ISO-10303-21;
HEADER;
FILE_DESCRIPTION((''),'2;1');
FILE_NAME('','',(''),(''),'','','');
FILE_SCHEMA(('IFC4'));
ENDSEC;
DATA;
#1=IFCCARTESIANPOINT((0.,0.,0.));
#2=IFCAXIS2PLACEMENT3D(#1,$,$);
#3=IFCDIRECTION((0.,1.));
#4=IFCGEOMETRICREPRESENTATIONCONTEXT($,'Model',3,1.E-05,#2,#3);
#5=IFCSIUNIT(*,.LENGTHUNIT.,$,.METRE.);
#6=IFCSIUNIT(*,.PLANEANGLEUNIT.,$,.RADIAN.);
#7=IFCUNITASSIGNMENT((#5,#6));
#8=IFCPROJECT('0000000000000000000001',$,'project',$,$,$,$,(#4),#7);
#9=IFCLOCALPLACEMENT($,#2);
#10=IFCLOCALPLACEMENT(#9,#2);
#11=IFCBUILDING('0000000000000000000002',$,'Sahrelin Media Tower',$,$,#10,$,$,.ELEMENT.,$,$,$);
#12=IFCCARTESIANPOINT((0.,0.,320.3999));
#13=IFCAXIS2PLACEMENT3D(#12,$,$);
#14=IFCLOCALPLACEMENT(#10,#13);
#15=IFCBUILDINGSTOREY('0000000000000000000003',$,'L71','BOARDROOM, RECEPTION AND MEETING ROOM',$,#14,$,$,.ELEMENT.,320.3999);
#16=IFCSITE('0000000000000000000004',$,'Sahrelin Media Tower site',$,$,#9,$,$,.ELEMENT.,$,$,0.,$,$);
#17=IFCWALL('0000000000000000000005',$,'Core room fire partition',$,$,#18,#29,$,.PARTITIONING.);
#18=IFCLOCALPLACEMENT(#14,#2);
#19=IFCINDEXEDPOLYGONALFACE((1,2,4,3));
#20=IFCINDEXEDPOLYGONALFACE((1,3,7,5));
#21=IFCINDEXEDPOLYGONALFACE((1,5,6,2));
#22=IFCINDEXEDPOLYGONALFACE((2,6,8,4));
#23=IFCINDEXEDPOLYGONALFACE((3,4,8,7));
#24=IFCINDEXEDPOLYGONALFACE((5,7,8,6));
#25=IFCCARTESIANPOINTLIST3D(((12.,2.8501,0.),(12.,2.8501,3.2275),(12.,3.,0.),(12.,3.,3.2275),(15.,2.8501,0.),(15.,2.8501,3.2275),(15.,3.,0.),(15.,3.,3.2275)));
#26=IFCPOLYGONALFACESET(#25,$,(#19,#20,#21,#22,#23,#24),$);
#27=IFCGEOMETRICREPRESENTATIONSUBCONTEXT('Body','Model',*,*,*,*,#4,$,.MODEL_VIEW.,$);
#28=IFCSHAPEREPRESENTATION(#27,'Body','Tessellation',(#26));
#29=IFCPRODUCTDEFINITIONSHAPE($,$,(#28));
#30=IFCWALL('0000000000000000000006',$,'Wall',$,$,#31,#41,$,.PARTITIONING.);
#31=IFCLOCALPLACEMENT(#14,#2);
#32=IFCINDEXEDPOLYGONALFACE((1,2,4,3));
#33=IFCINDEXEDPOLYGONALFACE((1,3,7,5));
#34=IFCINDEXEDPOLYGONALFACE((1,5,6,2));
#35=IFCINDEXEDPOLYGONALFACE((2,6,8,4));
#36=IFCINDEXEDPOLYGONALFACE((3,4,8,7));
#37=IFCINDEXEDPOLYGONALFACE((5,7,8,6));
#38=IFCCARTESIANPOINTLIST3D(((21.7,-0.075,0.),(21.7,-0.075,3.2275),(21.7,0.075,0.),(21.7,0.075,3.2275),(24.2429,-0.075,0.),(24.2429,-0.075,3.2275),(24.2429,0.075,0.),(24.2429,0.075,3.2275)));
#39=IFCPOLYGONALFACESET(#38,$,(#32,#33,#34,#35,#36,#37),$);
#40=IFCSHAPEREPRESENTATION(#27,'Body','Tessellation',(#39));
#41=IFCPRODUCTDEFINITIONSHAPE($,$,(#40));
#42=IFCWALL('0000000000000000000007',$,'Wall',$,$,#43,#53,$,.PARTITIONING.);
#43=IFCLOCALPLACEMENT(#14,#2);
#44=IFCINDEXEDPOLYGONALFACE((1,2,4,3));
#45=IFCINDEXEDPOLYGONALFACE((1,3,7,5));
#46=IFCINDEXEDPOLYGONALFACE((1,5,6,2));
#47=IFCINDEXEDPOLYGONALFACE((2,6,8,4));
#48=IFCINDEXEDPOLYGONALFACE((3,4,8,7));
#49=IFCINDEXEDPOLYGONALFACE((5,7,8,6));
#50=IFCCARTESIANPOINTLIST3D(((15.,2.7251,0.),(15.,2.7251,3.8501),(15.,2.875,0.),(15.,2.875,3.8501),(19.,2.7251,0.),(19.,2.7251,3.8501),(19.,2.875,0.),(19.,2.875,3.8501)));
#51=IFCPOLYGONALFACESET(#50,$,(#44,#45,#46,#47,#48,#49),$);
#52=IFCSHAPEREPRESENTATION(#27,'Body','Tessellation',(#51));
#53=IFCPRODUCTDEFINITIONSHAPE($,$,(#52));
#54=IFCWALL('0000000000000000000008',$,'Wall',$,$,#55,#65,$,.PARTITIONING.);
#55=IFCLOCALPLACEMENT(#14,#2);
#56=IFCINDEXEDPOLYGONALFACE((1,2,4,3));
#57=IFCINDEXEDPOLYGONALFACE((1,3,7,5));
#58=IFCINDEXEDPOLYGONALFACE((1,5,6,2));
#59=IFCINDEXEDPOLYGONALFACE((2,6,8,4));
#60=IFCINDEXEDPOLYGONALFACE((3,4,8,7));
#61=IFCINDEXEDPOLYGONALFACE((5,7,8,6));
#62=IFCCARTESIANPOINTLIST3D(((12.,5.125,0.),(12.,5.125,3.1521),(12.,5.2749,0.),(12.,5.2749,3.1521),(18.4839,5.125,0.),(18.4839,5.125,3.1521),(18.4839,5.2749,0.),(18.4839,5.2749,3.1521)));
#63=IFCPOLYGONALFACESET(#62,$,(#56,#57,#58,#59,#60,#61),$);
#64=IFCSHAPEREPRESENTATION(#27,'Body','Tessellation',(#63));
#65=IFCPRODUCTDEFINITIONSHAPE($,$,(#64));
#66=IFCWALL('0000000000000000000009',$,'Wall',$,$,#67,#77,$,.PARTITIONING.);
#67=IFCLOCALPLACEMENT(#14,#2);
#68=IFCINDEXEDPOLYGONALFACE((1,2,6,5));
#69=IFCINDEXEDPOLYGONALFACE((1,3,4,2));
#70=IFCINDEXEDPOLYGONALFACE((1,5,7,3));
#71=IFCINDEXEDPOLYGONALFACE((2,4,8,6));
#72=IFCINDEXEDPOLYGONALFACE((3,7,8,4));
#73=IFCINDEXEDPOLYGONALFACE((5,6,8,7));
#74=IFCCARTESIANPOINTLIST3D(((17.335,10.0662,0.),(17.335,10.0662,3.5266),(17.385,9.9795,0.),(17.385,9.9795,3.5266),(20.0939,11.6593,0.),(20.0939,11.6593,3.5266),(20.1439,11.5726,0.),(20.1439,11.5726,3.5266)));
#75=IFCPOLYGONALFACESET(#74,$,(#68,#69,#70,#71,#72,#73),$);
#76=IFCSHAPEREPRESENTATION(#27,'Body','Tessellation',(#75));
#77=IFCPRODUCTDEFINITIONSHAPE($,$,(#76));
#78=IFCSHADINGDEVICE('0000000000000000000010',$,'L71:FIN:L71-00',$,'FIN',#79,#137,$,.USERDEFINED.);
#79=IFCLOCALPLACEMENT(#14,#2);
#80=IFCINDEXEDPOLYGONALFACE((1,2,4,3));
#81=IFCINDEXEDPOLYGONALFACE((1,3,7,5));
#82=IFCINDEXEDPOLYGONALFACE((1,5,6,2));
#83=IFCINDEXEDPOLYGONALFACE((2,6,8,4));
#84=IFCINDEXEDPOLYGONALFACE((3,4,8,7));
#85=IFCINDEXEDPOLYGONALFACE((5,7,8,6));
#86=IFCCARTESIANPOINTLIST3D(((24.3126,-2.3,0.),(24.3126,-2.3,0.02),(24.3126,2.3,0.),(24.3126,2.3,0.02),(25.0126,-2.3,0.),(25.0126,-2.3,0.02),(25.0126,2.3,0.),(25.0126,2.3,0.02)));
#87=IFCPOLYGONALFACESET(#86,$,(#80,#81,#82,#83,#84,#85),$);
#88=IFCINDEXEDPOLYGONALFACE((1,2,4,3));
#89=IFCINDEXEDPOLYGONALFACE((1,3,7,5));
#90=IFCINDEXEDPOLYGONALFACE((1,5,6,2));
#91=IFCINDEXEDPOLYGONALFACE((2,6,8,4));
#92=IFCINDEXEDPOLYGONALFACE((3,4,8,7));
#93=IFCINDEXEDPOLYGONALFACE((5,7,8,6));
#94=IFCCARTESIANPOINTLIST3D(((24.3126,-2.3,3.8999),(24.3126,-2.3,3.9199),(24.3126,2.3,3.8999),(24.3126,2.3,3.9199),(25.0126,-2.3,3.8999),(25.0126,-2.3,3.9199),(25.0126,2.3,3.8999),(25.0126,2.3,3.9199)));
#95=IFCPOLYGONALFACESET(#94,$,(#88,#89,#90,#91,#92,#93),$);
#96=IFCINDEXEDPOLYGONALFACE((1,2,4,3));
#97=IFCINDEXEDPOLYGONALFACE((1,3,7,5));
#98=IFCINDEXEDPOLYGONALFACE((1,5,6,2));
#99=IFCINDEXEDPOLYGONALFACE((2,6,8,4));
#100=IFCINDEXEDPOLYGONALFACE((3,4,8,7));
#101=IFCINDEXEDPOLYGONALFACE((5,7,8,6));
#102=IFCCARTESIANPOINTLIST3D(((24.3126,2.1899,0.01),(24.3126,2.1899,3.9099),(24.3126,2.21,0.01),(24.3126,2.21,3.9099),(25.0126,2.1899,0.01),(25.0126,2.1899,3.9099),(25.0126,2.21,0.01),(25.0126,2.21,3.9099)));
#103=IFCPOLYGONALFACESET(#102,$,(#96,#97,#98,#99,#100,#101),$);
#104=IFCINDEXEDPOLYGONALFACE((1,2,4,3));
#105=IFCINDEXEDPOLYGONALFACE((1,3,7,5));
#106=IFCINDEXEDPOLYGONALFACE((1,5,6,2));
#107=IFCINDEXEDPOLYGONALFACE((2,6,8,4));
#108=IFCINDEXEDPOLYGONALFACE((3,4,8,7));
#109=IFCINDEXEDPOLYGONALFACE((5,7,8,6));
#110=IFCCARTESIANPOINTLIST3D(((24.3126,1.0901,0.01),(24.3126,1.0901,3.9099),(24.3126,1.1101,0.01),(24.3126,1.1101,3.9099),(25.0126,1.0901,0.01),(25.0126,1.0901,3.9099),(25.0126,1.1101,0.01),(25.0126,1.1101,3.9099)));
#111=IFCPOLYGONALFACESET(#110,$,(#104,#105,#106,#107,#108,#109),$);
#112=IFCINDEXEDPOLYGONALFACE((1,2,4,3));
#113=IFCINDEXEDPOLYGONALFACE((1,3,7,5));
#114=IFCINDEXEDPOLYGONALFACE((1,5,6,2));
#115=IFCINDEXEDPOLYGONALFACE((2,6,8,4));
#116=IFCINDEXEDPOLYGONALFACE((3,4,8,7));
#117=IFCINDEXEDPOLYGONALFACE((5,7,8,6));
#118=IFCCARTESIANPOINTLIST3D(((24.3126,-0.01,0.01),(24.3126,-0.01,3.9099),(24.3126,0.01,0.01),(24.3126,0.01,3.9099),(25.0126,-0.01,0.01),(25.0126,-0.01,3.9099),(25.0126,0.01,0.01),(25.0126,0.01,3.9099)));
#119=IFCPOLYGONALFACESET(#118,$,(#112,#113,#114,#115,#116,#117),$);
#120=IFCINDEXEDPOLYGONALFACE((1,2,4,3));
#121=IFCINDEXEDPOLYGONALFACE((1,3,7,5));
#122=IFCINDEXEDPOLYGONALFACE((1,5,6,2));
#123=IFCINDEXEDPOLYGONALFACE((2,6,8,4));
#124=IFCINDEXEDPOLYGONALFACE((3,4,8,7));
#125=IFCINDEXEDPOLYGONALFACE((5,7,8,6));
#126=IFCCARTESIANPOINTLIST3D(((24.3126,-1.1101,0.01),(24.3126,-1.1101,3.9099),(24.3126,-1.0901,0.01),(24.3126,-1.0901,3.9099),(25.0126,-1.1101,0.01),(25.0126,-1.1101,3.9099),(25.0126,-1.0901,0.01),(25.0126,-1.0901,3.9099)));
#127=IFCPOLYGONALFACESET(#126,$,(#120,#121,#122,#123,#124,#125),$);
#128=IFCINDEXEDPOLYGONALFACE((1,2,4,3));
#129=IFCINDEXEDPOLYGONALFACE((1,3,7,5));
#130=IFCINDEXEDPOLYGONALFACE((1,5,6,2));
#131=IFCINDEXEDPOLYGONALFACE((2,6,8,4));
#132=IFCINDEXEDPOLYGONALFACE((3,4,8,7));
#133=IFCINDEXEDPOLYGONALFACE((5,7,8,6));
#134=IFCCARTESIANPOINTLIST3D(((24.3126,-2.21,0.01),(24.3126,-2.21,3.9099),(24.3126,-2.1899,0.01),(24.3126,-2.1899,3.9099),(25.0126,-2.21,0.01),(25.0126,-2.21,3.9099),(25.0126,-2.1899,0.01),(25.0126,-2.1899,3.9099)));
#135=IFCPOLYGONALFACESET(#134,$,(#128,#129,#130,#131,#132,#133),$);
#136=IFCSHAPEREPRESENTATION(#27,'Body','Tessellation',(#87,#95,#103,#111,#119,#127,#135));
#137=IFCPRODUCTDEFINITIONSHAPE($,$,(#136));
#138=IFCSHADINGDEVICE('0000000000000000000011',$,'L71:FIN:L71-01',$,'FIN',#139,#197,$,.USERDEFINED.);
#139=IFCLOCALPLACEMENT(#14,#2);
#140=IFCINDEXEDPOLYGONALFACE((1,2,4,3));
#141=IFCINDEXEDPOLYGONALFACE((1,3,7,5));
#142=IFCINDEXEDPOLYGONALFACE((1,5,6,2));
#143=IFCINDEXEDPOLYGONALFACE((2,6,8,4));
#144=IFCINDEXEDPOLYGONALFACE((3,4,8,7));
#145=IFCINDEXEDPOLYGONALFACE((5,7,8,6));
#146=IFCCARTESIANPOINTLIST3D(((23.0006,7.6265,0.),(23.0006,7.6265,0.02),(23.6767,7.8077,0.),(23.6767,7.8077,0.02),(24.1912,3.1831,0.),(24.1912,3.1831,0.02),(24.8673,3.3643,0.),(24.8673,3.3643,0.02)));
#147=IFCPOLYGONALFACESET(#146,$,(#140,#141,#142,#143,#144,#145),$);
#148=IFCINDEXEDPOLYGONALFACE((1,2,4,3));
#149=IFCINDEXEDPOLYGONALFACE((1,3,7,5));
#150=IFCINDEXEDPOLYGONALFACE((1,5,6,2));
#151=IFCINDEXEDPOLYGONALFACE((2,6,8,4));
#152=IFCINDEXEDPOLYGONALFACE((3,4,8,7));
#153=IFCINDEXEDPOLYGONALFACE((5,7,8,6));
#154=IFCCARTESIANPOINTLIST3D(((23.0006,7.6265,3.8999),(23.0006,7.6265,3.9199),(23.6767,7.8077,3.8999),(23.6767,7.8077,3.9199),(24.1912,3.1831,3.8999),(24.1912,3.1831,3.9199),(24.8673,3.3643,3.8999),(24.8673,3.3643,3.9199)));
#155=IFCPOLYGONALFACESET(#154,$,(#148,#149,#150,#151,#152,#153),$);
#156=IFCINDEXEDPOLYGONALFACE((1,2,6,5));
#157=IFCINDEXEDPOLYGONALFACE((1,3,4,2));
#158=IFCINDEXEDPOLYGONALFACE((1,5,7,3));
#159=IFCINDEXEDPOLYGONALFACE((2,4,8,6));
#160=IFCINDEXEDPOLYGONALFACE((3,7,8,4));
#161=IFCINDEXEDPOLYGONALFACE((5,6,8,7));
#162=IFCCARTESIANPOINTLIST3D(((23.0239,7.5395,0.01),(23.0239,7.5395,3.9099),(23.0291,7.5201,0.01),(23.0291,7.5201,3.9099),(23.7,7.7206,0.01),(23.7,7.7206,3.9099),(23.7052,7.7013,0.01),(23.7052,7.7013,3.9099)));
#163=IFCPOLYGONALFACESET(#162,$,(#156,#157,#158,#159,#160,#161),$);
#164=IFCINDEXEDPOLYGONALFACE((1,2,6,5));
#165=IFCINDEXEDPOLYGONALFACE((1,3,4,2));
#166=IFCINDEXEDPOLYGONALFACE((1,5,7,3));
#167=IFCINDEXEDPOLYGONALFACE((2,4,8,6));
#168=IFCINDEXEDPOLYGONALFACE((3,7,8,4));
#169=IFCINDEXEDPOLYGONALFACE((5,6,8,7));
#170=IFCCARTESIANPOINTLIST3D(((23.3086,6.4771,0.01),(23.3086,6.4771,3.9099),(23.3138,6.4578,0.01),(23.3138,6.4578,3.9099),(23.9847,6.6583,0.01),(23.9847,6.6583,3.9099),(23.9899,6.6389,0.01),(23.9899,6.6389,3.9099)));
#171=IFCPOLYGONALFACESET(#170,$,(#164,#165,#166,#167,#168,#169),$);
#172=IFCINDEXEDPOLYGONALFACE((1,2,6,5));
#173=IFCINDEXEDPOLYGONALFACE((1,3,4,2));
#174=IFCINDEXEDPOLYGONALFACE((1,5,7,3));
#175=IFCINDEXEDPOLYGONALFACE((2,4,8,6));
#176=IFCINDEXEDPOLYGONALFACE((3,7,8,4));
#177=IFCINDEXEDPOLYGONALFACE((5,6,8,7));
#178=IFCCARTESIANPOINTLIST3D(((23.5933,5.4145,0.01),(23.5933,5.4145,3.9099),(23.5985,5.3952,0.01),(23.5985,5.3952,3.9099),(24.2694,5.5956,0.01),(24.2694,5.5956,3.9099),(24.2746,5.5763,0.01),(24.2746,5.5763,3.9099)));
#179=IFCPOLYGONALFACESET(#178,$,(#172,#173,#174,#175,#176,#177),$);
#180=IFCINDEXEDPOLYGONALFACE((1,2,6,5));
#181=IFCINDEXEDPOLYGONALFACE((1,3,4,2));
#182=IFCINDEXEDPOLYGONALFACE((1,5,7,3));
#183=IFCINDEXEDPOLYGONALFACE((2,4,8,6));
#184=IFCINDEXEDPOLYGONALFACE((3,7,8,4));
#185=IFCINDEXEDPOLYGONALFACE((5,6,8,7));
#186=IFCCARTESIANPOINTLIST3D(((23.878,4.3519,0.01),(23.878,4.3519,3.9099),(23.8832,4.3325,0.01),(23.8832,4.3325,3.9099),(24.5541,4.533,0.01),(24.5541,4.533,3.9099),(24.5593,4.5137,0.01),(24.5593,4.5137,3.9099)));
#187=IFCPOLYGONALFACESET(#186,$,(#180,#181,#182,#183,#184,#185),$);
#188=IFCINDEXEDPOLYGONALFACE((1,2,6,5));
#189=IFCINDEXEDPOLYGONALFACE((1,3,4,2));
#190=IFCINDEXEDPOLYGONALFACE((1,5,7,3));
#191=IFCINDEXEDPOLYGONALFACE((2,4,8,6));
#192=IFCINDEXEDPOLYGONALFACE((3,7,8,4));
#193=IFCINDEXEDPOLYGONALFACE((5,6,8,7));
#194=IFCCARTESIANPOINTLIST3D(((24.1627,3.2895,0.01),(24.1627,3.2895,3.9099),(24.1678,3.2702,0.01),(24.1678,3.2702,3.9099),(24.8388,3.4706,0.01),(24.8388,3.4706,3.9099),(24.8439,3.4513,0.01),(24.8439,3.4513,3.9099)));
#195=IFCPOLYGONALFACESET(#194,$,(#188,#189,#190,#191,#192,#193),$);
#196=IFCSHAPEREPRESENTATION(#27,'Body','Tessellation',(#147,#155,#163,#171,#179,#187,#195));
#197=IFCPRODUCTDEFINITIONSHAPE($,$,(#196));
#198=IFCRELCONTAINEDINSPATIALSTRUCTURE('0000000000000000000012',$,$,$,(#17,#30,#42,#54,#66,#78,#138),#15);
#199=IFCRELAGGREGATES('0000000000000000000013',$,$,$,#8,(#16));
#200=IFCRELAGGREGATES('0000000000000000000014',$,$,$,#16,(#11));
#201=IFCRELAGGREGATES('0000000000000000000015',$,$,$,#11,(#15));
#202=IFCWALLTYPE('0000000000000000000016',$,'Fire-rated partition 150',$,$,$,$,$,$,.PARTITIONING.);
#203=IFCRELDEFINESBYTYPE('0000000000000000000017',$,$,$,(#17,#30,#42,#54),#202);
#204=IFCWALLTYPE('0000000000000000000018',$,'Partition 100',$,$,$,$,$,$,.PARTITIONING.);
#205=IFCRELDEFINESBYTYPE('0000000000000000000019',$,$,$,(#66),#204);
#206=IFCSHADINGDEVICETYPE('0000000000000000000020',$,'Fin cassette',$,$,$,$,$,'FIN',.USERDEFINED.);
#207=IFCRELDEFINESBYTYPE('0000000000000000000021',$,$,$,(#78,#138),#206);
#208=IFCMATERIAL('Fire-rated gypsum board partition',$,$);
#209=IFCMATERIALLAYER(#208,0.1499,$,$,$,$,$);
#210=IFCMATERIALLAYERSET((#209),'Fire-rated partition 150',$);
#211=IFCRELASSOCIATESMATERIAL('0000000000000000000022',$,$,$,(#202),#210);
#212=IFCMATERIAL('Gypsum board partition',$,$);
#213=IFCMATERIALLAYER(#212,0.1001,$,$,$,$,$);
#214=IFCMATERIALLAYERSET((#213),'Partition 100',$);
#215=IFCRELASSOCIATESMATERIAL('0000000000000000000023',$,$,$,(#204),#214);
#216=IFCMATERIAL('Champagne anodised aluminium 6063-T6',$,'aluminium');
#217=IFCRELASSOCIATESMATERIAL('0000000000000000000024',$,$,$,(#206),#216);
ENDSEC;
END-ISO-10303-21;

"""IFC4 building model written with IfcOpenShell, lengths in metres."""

from ifc_helpers import new_model, si_unit, direction, frame, frame_2d, origin, origin_2d, place, context, subcontext, project, spatial, rectangle, extrude, material, layer, layer_set, type_object, element, save


model = new_model("IFC4")

# Units and contexts
model_context = context("Model", 3, precision=1e-05, world=origin(), true_north=direction((0.0, 1.0)))
body_context = subcontext(model_context, "Body", "Model", "MODEL_VIEW")
ifc_project = project(units=[si_unit("LENGTHUNIT", "METRE"), si_unit("PLANEANGLEUNIT", "RADIAN")], contexts=[model_context])

# Site, building, storey
site_placement = place(None, origin())
site = spatial("IfcSite", under=ifc_project, at=site_placement, Name="Sahrelin Media Tower site", CompositionType="ELEMENT", RefElevation=0.0)
building_placement = place(site_placement, origin())
building = spatial("IfcBuilding", under=site, at=building_placement, Name="Sahrelin Media Tower", CompositionType="ELEMENT")
storey_placement = place(building_placement, frame((0.0, 0.0, 320.3999)))
storey = spatial("IfcBuildingStorey", under=building, at=storey_placement, Name="L71", Description="BOARDROOM, RECEPTION AND MEETING ROOM", CompositionType="ELEMENT", Elevation=320.3999)

# Shared definitions
ifc_material_1 = material(Name="Champagne anodised aluminium 6063-T6", Category="aluminium")

# Walls
ifc_material_2 = material(Name="Fire-rated gypsum board partition")
ifc_layer_1 = layer(ifc_material_2, 0.1499)
ifc_layer_set_1 = layer_set([ifc_layer_1], Name="Fire-rated partition 150")
wall_type_1 = type_object("IfcWallType", Name="Fire-rated partition 150", PredefinedType="PARTITIONING", material=ifc_layer_set_1)
wall_1_placement = place(storey_placement, frame((12.0, 2.925, 0.0), z_axis=(0.0, 0.0, 1.0), x_axis=(1.0, 0.0, 0.0)))
element("IfcWall", 1, at=wall_1_placement, inside=storey, type_object=wall_type_1, Name="Core room fire partition", PredefinedType="PARTITIONING", context=body_context, shape_type="SweptSolid", body=[
    extrude(rectangle(XDim=3.0, YDim=0.1499, at=frame_2d((1.5, 0.0))), origin(), (0.0, 0.0, 1.0), 3.2275),
])
wall_2_placement = place(storey_placement, frame((21.7, 0.0, 0.0), z_axis=(0.0, 0.0, 1.0), x_axis=(1.0, 0.0, 0.0)))
element("IfcWall", 2, at=wall_2_placement, inside=storey, type_object=wall_type_1, Name="Wall", PredefinedType="PARTITIONING", context=body_context, shape_type="SweptSolid", body=[
    extrude(rectangle(XDim=2.543, YDim=0.1499, at=frame_2d((1.2715, 0.0))), origin(), (0.0, 0.0, 1.0), 3.2275),
])
wall_3_placement = place(storey_placement, frame((15.0, 2.8, 0.0), z_axis=(0.0, 0.0, 1.0), x_axis=(1.0, 0.0, 0.0)))
element("IfcWall", 3, at=wall_3_placement, inside=storey, type_object=wall_type_1, Name="Wall", PredefinedType="PARTITIONING", context=body_context, shape_type="SweptSolid", body=[
    extrude(rectangle(XDim=4.0, YDim=0.1499, at=frame_2d((2.0, 0.0))), origin(), (0.0, 0.0, 1.0), 3.8501),
])
wall_4_placement = place(storey_placement, frame((12.0, 5.2, 0.0), z_axis=(0.0, 0.0, 1.0), x_axis=(1.0, 0.0, 0.0)))
element("IfcWall", 4, at=wall_4_placement, inside=storey, type_object=wall_type_1, Name="Wall", PredefinedType="PARTITIONING", context=body_context, shape_type="SweptSolid", body=[
    extrude(rectangle(XDim=6.4839, YDim=0.1499, at=frame_2d((3.2419, 0.0))), origin(), (0.0, 0.0, 1.0), 3.1521),
])
ifc_material_3 = material(Name="Gypsum board partition")
ifc_layer_2 = layer(ifc_material_3, 0.1001)
ifc_layer_set_2 = layer_set([ifc_layer_2], Name="Partition 100")
wall_type_2 = type_object("IfcWallType", Name="Partition 100", PredefinedType="PARTITIONING", material=ifc_layer_set_2)
wall_5_placement = place(storey_placement, frame((17.3601, 10.0229, 0.0), z_axis=(0.0, 0.0, 1.0), x_axis=(0.865994, 0.500054, 0.0)))
element("IfcWall", 5, at=wall_5_placement, inside=storey, type_object=wall_type_2, Name="Wall", PredefinedType="PARTITIONING", context=body_context, shape_type="SweptSolid", body=[
    extrude(rectangle(XDim=3.1858, YDim=0.1001, at=frame_2d((1.5928, 0.0))), origin(), (0.0, 0.0, 1.0), 3.5266),
])

# Shading devices
shading_device_type_1 = type_object("IfcShadingDeviceType", Name="Fin cassette", ElementType="FIN", PredefinedType="USERDEFINED", material=ifc_material_1)
placement_1 = place(storey_placement, frame((24.2427, 0.0, 0.0), z_axis=(0.0, 0.0, 1.0), x_axis=(0.0, -1.0, 0.0)))
element("IfcShadingDevice", 6, at=placement_1, inside=storey, type_object=shading_device_type_1, Name="L71:FIN:L71-00", ObjectType="FIN", PredefinedType="USERDEFINED", context=body_context, shape_type="SweptSolid", body=[
    extrude(rectangle(XDim=4.6001, YDim=0.7, at=origin_2d()), frame((0.0, 0.4199, 0.0)), (0.0, 0.0, 1.0), 0.02),
    extrude(rectangle(XDim=4.6001, YDim=0.7, at=origin_2d()), frame((0.0, 0.4199, 3.8999)), (0.0, 0.0, 1.0), 0.02),
    extrude(rectangle(XDim=0.02, YDim=0.7, at=origin_2d()), frame((-2.2, 0.4199, 0.01), z_axis=(0.0, 0.0, 1.0), x_axis=(1.0, 0.0, 0.0)), (0.0, 0.0, 1.0), 3.8999),
    extrude(rectangle(XDim=0.02, YDim=0.7, at=origin_2d()), frame((-1.1001, 0.4199, 0.01), z_axis=(0.0, 0.0, 1.0), x_axis=(1.0, 0.0, 0.0)), (0.0, 0.0, 1.0), 3.8999),
    extrude(rectangle(XDim=0.02, YDim=0.7, at=origin_2d()), frame((0.0, 0.4199, 0.01), z_axis=(0.0, 0.0, 1.0), x_axis=(1.0, 0.0, 0.0)), (0.0, 0.0, 1.0), 3.8999),
    extrude(rectangle(XDim=0.02, YDim=0.7, at=origin_2d()), frame((1.1001, 0.4199, 0.01), z_axis=(0.0, 0.0, 1.0), x_axis=(1.0, 0.0, 0.0)), (0.0, 0.0, 1.0), 3.8999),
    extrude(rectangle(XDim=0.02, YDim=0.7, at=origin_2d()), frame((2.2, 0.4199, 0.01), z_axis=(0.0, 0.0, 1.0), x_axis=(1.0, 0.0, 0.0)), (0.0, 0.0, 1.0), 3.8999),
])
placement_2 = place(storey_placement, frame((23.5283, 5.3867, 0.0), z_axis=(0.0, 0.0, 1.0), x_axis=(0.258808, -0.965929, 0.0)))
element("IfcShadingDevice", 7, at=placement_2, inside=storey, type_object=shading_device_type_1, Name="L71:FIN:L71-01", ObjectType="FIN", PredefinedType="USERDEFINED", context=body_context, shape_type="SweptSolid", body=[
    extrude(rectangle(XDim=4.6001, YDim=0.7, at=origin_2d()), frame((0.0, 0.4199, 0.0)), (0.0, 0.0, 1.0), 0.02),
    extrude(rectangle(XDim=4.6001, YDim=0.7, at=origin_2d()), frame((0.0, 0.4199, 3.8999)), (0.0, 0.0, 1.0), 0.02),
    extrude(rectangle(XDim=0.02, YDim=0.7, at=origin_2d()), frame((-2.2, 0.4199, 0.01), z_axis=(0.0, 0.0, 1.0), x_axis=(1.0, 0.0, 0.0)), (0.0, 0.0, 1.0), 3.8999),
    extrude(rectangle(XDim=0.02, YDim=0.7, at=origin_2d()), frame((-1.1001, 0.4199, 0.01), z_axis=(0.0, 0.0, 1.0), x_axis=(1.0, 0.0, 0.0)), (0.0, 0.0, 1.0), 3.8999),
    extrude(rectangle(XDim=0.02, YDim=0.7, at=origin_2d()), frame((0.0, 0.4199, 0.01), z_axis=(0.0, 0.0, 1.0), x_axis=(1.0, 0.0, 0.0)), (0.0, 0.0, 1.0), 3.8999),
    extrude(rectangle(XDim=0.02, YDim=0.7, at=origin_2d()), frame((1.1001, 0.4199, 0.01), z_axis=(0.0, 0.0, 1.0), x_axis=(1.0, 0.0, 0.0)), (0.0, 0.0, 1.0), 3.8999),
    extrude(rectangle(XDim=0.02, YDim=0.7, at=origin_2d()), frame((2.2, 0.4199, 0.01), z_axis=(0.0, 0.0, 1.0), x_axis=(1.0, 0.0, 0.0)), (0.0, 0.0, 1.0), 3.8999),
])

save(model, "model.ifc")
